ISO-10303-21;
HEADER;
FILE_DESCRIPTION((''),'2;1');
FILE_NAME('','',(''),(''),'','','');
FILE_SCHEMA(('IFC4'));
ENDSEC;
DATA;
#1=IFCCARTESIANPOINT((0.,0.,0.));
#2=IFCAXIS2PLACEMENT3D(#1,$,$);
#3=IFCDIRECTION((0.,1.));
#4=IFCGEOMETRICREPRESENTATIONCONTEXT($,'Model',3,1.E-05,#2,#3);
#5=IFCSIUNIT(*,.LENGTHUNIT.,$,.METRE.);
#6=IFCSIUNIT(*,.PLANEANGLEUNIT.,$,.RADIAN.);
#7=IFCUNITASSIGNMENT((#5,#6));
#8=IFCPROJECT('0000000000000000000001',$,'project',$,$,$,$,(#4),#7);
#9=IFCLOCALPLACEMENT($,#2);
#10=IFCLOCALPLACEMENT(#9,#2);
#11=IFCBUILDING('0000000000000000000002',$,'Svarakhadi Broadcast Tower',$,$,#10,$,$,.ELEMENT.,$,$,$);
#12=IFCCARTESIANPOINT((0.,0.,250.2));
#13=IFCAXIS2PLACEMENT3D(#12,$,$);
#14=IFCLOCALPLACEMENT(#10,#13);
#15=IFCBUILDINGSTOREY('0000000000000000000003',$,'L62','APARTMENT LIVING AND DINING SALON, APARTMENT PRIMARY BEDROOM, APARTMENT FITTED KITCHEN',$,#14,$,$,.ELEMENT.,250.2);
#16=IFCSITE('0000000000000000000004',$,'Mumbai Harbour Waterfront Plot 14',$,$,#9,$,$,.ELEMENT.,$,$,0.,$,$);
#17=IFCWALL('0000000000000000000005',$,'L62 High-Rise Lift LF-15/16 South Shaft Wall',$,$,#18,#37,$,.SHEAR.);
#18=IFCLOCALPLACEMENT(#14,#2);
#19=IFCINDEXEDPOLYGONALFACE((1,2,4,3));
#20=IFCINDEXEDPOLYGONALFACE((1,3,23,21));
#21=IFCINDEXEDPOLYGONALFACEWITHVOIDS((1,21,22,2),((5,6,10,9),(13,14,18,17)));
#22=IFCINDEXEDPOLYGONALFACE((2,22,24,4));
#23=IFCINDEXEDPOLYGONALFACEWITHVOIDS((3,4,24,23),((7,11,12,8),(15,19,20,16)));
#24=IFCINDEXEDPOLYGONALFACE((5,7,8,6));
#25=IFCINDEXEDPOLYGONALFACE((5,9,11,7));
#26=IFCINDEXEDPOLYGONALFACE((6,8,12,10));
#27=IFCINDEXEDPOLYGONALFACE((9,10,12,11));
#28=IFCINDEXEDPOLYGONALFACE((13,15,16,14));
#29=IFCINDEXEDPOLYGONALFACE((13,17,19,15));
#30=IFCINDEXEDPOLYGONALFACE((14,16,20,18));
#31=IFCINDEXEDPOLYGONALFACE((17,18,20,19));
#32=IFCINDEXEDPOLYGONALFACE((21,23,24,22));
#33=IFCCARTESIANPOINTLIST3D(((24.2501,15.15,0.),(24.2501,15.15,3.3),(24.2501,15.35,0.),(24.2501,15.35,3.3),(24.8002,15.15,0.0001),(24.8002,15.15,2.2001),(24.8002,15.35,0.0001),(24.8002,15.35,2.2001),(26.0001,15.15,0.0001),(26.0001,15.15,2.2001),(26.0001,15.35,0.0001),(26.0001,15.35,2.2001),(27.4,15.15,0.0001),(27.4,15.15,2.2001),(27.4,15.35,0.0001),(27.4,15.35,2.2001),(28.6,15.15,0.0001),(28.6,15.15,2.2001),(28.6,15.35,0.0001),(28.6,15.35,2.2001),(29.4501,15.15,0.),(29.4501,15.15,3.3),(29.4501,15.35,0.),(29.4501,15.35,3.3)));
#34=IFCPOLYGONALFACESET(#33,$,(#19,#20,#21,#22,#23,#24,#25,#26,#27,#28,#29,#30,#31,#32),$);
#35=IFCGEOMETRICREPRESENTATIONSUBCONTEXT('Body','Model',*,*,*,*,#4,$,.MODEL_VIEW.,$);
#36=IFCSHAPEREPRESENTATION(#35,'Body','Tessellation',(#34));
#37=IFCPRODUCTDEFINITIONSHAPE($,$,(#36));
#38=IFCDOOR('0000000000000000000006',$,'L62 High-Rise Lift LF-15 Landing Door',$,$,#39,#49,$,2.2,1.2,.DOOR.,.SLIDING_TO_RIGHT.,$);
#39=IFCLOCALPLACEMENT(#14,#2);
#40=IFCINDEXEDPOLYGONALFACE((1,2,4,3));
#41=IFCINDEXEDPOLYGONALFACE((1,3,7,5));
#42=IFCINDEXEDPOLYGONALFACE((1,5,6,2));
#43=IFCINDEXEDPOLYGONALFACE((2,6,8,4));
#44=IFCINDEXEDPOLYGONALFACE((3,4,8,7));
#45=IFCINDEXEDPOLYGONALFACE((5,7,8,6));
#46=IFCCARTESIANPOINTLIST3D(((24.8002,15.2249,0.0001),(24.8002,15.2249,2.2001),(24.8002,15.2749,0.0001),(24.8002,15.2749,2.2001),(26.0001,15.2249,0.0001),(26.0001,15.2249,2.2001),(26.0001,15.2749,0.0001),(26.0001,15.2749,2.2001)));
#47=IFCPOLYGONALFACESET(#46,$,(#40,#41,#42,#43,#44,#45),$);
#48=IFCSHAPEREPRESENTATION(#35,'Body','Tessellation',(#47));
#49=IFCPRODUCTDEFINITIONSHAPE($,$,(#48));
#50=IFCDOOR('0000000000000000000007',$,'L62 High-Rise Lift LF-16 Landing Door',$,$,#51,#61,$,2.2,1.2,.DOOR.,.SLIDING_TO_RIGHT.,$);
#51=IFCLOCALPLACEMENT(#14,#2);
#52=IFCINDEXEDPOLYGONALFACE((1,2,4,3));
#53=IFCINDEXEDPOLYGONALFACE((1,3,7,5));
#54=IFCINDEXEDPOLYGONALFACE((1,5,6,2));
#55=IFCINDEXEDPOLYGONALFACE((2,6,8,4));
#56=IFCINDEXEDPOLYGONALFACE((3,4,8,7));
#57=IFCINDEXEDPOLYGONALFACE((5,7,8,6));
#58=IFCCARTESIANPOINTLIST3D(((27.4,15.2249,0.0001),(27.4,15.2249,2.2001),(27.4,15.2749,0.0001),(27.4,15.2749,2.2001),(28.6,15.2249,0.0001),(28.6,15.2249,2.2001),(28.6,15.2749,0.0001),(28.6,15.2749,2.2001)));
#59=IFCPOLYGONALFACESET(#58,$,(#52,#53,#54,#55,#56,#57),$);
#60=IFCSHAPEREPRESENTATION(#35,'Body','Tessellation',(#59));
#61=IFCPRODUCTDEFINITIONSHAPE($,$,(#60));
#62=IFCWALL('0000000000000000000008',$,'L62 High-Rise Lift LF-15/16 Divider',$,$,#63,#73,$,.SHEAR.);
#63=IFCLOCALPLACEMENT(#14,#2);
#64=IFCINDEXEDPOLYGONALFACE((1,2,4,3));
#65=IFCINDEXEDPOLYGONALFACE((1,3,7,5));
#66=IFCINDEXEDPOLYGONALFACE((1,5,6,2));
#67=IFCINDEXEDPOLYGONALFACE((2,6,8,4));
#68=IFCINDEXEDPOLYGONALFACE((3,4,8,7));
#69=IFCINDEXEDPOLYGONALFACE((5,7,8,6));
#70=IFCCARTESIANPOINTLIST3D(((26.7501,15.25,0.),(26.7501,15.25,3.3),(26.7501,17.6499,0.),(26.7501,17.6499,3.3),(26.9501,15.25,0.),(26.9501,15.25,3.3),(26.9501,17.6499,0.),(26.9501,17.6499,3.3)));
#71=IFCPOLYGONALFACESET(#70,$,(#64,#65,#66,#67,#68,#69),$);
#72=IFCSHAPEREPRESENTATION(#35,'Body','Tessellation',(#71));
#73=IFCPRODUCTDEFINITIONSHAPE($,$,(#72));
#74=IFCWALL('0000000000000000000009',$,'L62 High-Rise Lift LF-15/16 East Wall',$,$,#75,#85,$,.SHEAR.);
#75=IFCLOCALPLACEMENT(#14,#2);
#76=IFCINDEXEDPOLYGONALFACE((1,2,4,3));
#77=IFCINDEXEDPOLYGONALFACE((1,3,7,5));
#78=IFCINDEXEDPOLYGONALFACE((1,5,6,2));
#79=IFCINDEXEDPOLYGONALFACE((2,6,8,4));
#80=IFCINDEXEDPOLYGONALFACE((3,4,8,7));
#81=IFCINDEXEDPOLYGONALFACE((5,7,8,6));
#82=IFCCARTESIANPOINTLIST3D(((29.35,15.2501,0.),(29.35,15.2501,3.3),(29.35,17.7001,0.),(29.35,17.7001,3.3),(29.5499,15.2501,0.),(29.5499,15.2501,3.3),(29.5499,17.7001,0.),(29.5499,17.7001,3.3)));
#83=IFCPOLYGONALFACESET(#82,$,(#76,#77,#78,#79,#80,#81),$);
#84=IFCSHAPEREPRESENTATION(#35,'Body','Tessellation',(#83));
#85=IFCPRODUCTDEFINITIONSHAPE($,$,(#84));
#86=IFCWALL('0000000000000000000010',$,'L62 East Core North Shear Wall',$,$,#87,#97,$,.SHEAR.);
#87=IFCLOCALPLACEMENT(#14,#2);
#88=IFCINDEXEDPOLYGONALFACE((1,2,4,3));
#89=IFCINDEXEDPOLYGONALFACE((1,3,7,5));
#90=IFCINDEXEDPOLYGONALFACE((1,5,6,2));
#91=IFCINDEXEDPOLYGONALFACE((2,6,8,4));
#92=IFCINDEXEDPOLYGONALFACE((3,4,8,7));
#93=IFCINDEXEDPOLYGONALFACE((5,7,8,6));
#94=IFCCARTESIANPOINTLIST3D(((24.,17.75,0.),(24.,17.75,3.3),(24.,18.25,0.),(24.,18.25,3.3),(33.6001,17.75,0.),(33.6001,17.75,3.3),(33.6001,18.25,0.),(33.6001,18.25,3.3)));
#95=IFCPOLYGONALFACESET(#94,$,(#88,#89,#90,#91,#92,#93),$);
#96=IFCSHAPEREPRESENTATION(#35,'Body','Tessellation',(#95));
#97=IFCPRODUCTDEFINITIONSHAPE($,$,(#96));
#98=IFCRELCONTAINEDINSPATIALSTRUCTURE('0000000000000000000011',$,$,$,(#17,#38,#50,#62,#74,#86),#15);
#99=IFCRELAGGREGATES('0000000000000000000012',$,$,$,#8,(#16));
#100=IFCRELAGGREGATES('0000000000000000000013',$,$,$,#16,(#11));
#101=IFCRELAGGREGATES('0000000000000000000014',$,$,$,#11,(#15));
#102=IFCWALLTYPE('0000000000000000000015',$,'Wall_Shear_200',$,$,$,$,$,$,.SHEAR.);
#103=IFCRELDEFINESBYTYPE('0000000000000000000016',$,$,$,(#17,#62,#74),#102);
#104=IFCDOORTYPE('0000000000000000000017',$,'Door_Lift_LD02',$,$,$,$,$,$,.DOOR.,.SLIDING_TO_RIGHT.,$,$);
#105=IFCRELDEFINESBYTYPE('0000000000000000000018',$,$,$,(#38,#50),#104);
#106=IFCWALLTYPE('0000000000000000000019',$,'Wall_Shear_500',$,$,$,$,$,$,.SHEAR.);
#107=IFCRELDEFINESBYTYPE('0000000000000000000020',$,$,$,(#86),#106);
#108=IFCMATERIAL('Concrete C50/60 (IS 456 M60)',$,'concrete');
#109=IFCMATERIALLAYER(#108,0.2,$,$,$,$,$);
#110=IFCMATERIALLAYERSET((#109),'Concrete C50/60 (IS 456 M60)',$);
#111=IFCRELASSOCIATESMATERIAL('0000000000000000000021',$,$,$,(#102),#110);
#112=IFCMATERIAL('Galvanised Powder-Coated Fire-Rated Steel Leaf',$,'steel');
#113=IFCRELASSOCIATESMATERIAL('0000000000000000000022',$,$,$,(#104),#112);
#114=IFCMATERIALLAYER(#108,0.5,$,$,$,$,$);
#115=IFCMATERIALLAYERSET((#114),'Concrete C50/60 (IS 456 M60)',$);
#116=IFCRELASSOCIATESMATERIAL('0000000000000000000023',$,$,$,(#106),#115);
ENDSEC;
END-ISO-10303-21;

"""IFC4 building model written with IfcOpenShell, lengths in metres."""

from ifc_helpers import new_model, si_unit, direction, frame, frame_2d, origin, place, context, subcontext, project, spatial, rectangle, extrude, material, layer, layer_set, type_object, element, fill, save


model = new_model("IFC4")

# Units and contexts
model_context = context("Model", 3, precision=1e-05, world=origin(), true_north=direction((0.0, 1.0)))
body_context = subcontext(model_context, "Body", "Model", "MODEL_VIEW")
ifc_project = project(units=[si_unit("LENGTHUNIT", "METRE"), si_unit("PLANEANGLEUNIT", "RADIAN")], contexts=[model_context])

# Site, building, storey
site_placement = place(None, origin())
site = spatial("IfcSite", under=ifc_project, at=site_placement, Name="Mumbai Harbour Waterfront Plot 14", CompositionType="ELEMENT", RefElevation=0.0)
building_placement = place(site_placement, origin())
building = spatial("IfcBuilding", under=site, at=building_placement, Name="Svarakhadi Broadcast Tower", CompositionType="ELEMENT")
storey_placement = place(building_placement, frame((0.0, 0.0, 250.2)))
storey = spatial("IfcBuildingStorey", under=building, at=storey_placement, Name="L62", Description="APARTMENT LIVING AND DINING SALON, APARTMENT PRIMARY BEDROOM, APARTMENT FITTED KITCHEN", CompositionType="ELEMENT", Elevation=250.2)

# Shared definitions
ifc_material_1 = material(Name="Concrete C50/60 (IS 456 M60)", Category="concrete")

# Shared definitions
ifc_layer_1 = layer(ifc_material_1, 0.2)
ifc_layer_set_1 = layer_set([ifc_layer_1], Name="Concrete C50/60 (IS 456 M60)")
wall_type_1 = type_object("IfcWallType", Name="Wall_Shear_200", PredefinedType="SHEAR", material=ifc_layer_set_1)

# Shared definitions
ifc_material_2 = material(Name="Galvanised Powder-Coated Fire-Rated Steel Leaf", Category="steel")

# Wall, openings, doors
wall_1_placement = place(storey_placement, frame((24.25, 15.25, 0.0), z_axis=(0.0, 0.0, 1.0), x_axis=(1.0, 0.0, 0.0)))
wall_1 = element("IfcWall", 1, at=wall_1_placement, inside=storey, type_object=wall_type_1, Name="L62 High-Rise Lift LF-15/16 South Shaft Wall", PredefinedType="SHEAR", context=body_context, shape_type="SweptSolid", body=[
    extrude(rectangle(XDim=5.2, YDim=0.2, at=frame_2d((2.6001, 0.0))), origin(), (0.0, 0.0, 1.0), 3.3),
])
opening_1_placement = place(wall_1_placement, frame((0.55, 0.0, 0.0)))
opening_1 = element("IfcOpeningElement", 2, at=opening_1_placement, cuts=wall_1, PredefinedType="OPENING", context=body_context, shape_type="SweptSolid", body=[
    extrude(rectangle(XDim=1.2, YDim=2.2, at=frame_2d((0.6001, 1.1001))), frame((0.0, 0.1099, 0.0), z_axis=(0.0, -1.0, 0.0), x_axis=(1.0, 0.0, 0.0)), (0.0, 0.0, 1.0), 0.22),
])
opening_2_placement = place(wall_1_placement, frame((3.1499, 0.0, 0.0)))
opening_2 = element("IfcOpeningElement", 3, at=opening_2_placement, cuts=wall_1, PredefinedType="OPENING", context=body_context, shape_type="SweptSolid", body=[
    extrude(rectangle(XDim=1.2, YDim=2.2, at=frame_2d((0.6001, 1.1001))), frame((0.0, 0.1099, 0.0), z_axis=(0.0, -1.0, 0.0), x_axis=(1.0, 0.0, 0.0)), (0.0, 0.0, 1.0), 0.22),
])
door_type_1 = type_object("IfcDoorType", Name="Door_Lift_LD02", OperationType="SLIDING_TO_RIGHT", PredefinedType="DOOR", material=ifc_material_2)
door_1_placement = place(opening_1_placement, origin())
door_1 = element("IfcDoor", 4, at=door_1_placement, inside=storey, type_object=door_type_1, Name="L62 High-Rise Lift LF-15 Landing Door", OperationType="SLIDING_TO_RIGHT", OverallHeight=2.2, OverallWidth=1.2, PredefinedType="DOOR", context=body_context, shape_type="SweptSolid", body=[
    extrude(rectangle(XDim=1.2, YDim=2.2, at=frame_2d((0.6001, 1.1001))), frame((0.0, 0.0249, 0.0), z_axis=(0.0, -1.0, 0.0), x_axis=(1.0, 0.0, 0.0)), (0.0, 0.0, 1.0), 0.05),
])
fill(opening_1, door_1)
door_2_placement = place(opening_2_placement, origin())
door_2 = element("IfcDoor", 5, at=door_2_placement, inside=storey, type_object=door_type_1, Name="L62 High-Rise Lift LF-16 Landing Door", OperationType="SLIDING_TO_RIGHT", OverallHeight=2.2, OverallWidth=1.2, PredefinedType="DOOR", context=body_context, shape_type="SweptSolid", body=[
    extrude(rectangle(XDim=1.2, YDim=2.2, at=frame_2d((0.6001, 1.1001))), frame((0.0, 0.0249, 0.0), z_axis=(0.0, -1.0, 0.0), x_axis=(1.0, 0.0, 0.0)), (0.0, 0.0, 1.0), 0.05),
])
fill(opening_2, door_2)

# Walls
wall_2_placement = place(storey_placement, frame((26.8501, 15.25, 0.0), z_axis=(0.0, 0.0, 1.0), x_axis=(0.0, 1.0, 0.0)))
element("IfcWall", 6, at=wall_2_placement, inside=storey, type_object=wall_type_1, Name="L62 High-Rise Lift LF-15/16 Divider", PredefinedType="SHEAR", context=body_context, shape_type="SweptSolid", body=[
    extrude(rectangle(XDim=2.3999, YDim=0.2, at=frame_2d((1.2, 0.0))), origin(), (0.0, 0.0, 1.0), 3.3),
])
wall_3_placement = place(storey_placement, frame((29.45, 15.25, 0.0), z_axis=(0.0, 0.0, 1.0), x_axis=(0.0, 1.0, 0.0)))
element("IfcWall", 7, at=wall_3_placement, inside=storey, type_object=wall_type_1, Name="L62 High-Rise Lift LF-15/16 East Wall", PredefinedType="SHEAR", context=body_context, shape_type="SweptSolid", body=[
    extrude(rectangle(XDim=2.45, YDim=0.2, at=frame_2d((1.2251, 0.0))), origin(), (0.0, 0.0, 1.0), 3.3),
])
ifc_layer_2 = layer(ifc_material_1, 0.5)
ifc_layer_set_2 = layer_set([ifc_layer_2], Name="Concrete C50/60 (IS 456 M60)")
wall_type_2 = type_object("IfcWallType", Name="Wall_Shear_500", PredefinedType="SHEAR", material=ifc_layer_set_2)
wall_4_placement = place(storey_placement, frame((24.0, 18.0, 0.0), z_axis=(0.0, 0.0, 1.0), x_axis=(1.0, 0.0, 0.0)))
element("IfcWall", 8, at=wall_4_placement, inside=storey, type_object=wall_type_2, Name="L62 East Core North Shear Wall", PredefinedType="SHEAR", context=body_context, shape_type="SweptSolid", body=[
    extrude(rectangle(XDim=9.6001, YDim=0.5, at=frame_2d((4.8, 0.0))), origin(), (0.0, 0.0, 1.0), 3.3),
])

save(model, "model.ifc")
